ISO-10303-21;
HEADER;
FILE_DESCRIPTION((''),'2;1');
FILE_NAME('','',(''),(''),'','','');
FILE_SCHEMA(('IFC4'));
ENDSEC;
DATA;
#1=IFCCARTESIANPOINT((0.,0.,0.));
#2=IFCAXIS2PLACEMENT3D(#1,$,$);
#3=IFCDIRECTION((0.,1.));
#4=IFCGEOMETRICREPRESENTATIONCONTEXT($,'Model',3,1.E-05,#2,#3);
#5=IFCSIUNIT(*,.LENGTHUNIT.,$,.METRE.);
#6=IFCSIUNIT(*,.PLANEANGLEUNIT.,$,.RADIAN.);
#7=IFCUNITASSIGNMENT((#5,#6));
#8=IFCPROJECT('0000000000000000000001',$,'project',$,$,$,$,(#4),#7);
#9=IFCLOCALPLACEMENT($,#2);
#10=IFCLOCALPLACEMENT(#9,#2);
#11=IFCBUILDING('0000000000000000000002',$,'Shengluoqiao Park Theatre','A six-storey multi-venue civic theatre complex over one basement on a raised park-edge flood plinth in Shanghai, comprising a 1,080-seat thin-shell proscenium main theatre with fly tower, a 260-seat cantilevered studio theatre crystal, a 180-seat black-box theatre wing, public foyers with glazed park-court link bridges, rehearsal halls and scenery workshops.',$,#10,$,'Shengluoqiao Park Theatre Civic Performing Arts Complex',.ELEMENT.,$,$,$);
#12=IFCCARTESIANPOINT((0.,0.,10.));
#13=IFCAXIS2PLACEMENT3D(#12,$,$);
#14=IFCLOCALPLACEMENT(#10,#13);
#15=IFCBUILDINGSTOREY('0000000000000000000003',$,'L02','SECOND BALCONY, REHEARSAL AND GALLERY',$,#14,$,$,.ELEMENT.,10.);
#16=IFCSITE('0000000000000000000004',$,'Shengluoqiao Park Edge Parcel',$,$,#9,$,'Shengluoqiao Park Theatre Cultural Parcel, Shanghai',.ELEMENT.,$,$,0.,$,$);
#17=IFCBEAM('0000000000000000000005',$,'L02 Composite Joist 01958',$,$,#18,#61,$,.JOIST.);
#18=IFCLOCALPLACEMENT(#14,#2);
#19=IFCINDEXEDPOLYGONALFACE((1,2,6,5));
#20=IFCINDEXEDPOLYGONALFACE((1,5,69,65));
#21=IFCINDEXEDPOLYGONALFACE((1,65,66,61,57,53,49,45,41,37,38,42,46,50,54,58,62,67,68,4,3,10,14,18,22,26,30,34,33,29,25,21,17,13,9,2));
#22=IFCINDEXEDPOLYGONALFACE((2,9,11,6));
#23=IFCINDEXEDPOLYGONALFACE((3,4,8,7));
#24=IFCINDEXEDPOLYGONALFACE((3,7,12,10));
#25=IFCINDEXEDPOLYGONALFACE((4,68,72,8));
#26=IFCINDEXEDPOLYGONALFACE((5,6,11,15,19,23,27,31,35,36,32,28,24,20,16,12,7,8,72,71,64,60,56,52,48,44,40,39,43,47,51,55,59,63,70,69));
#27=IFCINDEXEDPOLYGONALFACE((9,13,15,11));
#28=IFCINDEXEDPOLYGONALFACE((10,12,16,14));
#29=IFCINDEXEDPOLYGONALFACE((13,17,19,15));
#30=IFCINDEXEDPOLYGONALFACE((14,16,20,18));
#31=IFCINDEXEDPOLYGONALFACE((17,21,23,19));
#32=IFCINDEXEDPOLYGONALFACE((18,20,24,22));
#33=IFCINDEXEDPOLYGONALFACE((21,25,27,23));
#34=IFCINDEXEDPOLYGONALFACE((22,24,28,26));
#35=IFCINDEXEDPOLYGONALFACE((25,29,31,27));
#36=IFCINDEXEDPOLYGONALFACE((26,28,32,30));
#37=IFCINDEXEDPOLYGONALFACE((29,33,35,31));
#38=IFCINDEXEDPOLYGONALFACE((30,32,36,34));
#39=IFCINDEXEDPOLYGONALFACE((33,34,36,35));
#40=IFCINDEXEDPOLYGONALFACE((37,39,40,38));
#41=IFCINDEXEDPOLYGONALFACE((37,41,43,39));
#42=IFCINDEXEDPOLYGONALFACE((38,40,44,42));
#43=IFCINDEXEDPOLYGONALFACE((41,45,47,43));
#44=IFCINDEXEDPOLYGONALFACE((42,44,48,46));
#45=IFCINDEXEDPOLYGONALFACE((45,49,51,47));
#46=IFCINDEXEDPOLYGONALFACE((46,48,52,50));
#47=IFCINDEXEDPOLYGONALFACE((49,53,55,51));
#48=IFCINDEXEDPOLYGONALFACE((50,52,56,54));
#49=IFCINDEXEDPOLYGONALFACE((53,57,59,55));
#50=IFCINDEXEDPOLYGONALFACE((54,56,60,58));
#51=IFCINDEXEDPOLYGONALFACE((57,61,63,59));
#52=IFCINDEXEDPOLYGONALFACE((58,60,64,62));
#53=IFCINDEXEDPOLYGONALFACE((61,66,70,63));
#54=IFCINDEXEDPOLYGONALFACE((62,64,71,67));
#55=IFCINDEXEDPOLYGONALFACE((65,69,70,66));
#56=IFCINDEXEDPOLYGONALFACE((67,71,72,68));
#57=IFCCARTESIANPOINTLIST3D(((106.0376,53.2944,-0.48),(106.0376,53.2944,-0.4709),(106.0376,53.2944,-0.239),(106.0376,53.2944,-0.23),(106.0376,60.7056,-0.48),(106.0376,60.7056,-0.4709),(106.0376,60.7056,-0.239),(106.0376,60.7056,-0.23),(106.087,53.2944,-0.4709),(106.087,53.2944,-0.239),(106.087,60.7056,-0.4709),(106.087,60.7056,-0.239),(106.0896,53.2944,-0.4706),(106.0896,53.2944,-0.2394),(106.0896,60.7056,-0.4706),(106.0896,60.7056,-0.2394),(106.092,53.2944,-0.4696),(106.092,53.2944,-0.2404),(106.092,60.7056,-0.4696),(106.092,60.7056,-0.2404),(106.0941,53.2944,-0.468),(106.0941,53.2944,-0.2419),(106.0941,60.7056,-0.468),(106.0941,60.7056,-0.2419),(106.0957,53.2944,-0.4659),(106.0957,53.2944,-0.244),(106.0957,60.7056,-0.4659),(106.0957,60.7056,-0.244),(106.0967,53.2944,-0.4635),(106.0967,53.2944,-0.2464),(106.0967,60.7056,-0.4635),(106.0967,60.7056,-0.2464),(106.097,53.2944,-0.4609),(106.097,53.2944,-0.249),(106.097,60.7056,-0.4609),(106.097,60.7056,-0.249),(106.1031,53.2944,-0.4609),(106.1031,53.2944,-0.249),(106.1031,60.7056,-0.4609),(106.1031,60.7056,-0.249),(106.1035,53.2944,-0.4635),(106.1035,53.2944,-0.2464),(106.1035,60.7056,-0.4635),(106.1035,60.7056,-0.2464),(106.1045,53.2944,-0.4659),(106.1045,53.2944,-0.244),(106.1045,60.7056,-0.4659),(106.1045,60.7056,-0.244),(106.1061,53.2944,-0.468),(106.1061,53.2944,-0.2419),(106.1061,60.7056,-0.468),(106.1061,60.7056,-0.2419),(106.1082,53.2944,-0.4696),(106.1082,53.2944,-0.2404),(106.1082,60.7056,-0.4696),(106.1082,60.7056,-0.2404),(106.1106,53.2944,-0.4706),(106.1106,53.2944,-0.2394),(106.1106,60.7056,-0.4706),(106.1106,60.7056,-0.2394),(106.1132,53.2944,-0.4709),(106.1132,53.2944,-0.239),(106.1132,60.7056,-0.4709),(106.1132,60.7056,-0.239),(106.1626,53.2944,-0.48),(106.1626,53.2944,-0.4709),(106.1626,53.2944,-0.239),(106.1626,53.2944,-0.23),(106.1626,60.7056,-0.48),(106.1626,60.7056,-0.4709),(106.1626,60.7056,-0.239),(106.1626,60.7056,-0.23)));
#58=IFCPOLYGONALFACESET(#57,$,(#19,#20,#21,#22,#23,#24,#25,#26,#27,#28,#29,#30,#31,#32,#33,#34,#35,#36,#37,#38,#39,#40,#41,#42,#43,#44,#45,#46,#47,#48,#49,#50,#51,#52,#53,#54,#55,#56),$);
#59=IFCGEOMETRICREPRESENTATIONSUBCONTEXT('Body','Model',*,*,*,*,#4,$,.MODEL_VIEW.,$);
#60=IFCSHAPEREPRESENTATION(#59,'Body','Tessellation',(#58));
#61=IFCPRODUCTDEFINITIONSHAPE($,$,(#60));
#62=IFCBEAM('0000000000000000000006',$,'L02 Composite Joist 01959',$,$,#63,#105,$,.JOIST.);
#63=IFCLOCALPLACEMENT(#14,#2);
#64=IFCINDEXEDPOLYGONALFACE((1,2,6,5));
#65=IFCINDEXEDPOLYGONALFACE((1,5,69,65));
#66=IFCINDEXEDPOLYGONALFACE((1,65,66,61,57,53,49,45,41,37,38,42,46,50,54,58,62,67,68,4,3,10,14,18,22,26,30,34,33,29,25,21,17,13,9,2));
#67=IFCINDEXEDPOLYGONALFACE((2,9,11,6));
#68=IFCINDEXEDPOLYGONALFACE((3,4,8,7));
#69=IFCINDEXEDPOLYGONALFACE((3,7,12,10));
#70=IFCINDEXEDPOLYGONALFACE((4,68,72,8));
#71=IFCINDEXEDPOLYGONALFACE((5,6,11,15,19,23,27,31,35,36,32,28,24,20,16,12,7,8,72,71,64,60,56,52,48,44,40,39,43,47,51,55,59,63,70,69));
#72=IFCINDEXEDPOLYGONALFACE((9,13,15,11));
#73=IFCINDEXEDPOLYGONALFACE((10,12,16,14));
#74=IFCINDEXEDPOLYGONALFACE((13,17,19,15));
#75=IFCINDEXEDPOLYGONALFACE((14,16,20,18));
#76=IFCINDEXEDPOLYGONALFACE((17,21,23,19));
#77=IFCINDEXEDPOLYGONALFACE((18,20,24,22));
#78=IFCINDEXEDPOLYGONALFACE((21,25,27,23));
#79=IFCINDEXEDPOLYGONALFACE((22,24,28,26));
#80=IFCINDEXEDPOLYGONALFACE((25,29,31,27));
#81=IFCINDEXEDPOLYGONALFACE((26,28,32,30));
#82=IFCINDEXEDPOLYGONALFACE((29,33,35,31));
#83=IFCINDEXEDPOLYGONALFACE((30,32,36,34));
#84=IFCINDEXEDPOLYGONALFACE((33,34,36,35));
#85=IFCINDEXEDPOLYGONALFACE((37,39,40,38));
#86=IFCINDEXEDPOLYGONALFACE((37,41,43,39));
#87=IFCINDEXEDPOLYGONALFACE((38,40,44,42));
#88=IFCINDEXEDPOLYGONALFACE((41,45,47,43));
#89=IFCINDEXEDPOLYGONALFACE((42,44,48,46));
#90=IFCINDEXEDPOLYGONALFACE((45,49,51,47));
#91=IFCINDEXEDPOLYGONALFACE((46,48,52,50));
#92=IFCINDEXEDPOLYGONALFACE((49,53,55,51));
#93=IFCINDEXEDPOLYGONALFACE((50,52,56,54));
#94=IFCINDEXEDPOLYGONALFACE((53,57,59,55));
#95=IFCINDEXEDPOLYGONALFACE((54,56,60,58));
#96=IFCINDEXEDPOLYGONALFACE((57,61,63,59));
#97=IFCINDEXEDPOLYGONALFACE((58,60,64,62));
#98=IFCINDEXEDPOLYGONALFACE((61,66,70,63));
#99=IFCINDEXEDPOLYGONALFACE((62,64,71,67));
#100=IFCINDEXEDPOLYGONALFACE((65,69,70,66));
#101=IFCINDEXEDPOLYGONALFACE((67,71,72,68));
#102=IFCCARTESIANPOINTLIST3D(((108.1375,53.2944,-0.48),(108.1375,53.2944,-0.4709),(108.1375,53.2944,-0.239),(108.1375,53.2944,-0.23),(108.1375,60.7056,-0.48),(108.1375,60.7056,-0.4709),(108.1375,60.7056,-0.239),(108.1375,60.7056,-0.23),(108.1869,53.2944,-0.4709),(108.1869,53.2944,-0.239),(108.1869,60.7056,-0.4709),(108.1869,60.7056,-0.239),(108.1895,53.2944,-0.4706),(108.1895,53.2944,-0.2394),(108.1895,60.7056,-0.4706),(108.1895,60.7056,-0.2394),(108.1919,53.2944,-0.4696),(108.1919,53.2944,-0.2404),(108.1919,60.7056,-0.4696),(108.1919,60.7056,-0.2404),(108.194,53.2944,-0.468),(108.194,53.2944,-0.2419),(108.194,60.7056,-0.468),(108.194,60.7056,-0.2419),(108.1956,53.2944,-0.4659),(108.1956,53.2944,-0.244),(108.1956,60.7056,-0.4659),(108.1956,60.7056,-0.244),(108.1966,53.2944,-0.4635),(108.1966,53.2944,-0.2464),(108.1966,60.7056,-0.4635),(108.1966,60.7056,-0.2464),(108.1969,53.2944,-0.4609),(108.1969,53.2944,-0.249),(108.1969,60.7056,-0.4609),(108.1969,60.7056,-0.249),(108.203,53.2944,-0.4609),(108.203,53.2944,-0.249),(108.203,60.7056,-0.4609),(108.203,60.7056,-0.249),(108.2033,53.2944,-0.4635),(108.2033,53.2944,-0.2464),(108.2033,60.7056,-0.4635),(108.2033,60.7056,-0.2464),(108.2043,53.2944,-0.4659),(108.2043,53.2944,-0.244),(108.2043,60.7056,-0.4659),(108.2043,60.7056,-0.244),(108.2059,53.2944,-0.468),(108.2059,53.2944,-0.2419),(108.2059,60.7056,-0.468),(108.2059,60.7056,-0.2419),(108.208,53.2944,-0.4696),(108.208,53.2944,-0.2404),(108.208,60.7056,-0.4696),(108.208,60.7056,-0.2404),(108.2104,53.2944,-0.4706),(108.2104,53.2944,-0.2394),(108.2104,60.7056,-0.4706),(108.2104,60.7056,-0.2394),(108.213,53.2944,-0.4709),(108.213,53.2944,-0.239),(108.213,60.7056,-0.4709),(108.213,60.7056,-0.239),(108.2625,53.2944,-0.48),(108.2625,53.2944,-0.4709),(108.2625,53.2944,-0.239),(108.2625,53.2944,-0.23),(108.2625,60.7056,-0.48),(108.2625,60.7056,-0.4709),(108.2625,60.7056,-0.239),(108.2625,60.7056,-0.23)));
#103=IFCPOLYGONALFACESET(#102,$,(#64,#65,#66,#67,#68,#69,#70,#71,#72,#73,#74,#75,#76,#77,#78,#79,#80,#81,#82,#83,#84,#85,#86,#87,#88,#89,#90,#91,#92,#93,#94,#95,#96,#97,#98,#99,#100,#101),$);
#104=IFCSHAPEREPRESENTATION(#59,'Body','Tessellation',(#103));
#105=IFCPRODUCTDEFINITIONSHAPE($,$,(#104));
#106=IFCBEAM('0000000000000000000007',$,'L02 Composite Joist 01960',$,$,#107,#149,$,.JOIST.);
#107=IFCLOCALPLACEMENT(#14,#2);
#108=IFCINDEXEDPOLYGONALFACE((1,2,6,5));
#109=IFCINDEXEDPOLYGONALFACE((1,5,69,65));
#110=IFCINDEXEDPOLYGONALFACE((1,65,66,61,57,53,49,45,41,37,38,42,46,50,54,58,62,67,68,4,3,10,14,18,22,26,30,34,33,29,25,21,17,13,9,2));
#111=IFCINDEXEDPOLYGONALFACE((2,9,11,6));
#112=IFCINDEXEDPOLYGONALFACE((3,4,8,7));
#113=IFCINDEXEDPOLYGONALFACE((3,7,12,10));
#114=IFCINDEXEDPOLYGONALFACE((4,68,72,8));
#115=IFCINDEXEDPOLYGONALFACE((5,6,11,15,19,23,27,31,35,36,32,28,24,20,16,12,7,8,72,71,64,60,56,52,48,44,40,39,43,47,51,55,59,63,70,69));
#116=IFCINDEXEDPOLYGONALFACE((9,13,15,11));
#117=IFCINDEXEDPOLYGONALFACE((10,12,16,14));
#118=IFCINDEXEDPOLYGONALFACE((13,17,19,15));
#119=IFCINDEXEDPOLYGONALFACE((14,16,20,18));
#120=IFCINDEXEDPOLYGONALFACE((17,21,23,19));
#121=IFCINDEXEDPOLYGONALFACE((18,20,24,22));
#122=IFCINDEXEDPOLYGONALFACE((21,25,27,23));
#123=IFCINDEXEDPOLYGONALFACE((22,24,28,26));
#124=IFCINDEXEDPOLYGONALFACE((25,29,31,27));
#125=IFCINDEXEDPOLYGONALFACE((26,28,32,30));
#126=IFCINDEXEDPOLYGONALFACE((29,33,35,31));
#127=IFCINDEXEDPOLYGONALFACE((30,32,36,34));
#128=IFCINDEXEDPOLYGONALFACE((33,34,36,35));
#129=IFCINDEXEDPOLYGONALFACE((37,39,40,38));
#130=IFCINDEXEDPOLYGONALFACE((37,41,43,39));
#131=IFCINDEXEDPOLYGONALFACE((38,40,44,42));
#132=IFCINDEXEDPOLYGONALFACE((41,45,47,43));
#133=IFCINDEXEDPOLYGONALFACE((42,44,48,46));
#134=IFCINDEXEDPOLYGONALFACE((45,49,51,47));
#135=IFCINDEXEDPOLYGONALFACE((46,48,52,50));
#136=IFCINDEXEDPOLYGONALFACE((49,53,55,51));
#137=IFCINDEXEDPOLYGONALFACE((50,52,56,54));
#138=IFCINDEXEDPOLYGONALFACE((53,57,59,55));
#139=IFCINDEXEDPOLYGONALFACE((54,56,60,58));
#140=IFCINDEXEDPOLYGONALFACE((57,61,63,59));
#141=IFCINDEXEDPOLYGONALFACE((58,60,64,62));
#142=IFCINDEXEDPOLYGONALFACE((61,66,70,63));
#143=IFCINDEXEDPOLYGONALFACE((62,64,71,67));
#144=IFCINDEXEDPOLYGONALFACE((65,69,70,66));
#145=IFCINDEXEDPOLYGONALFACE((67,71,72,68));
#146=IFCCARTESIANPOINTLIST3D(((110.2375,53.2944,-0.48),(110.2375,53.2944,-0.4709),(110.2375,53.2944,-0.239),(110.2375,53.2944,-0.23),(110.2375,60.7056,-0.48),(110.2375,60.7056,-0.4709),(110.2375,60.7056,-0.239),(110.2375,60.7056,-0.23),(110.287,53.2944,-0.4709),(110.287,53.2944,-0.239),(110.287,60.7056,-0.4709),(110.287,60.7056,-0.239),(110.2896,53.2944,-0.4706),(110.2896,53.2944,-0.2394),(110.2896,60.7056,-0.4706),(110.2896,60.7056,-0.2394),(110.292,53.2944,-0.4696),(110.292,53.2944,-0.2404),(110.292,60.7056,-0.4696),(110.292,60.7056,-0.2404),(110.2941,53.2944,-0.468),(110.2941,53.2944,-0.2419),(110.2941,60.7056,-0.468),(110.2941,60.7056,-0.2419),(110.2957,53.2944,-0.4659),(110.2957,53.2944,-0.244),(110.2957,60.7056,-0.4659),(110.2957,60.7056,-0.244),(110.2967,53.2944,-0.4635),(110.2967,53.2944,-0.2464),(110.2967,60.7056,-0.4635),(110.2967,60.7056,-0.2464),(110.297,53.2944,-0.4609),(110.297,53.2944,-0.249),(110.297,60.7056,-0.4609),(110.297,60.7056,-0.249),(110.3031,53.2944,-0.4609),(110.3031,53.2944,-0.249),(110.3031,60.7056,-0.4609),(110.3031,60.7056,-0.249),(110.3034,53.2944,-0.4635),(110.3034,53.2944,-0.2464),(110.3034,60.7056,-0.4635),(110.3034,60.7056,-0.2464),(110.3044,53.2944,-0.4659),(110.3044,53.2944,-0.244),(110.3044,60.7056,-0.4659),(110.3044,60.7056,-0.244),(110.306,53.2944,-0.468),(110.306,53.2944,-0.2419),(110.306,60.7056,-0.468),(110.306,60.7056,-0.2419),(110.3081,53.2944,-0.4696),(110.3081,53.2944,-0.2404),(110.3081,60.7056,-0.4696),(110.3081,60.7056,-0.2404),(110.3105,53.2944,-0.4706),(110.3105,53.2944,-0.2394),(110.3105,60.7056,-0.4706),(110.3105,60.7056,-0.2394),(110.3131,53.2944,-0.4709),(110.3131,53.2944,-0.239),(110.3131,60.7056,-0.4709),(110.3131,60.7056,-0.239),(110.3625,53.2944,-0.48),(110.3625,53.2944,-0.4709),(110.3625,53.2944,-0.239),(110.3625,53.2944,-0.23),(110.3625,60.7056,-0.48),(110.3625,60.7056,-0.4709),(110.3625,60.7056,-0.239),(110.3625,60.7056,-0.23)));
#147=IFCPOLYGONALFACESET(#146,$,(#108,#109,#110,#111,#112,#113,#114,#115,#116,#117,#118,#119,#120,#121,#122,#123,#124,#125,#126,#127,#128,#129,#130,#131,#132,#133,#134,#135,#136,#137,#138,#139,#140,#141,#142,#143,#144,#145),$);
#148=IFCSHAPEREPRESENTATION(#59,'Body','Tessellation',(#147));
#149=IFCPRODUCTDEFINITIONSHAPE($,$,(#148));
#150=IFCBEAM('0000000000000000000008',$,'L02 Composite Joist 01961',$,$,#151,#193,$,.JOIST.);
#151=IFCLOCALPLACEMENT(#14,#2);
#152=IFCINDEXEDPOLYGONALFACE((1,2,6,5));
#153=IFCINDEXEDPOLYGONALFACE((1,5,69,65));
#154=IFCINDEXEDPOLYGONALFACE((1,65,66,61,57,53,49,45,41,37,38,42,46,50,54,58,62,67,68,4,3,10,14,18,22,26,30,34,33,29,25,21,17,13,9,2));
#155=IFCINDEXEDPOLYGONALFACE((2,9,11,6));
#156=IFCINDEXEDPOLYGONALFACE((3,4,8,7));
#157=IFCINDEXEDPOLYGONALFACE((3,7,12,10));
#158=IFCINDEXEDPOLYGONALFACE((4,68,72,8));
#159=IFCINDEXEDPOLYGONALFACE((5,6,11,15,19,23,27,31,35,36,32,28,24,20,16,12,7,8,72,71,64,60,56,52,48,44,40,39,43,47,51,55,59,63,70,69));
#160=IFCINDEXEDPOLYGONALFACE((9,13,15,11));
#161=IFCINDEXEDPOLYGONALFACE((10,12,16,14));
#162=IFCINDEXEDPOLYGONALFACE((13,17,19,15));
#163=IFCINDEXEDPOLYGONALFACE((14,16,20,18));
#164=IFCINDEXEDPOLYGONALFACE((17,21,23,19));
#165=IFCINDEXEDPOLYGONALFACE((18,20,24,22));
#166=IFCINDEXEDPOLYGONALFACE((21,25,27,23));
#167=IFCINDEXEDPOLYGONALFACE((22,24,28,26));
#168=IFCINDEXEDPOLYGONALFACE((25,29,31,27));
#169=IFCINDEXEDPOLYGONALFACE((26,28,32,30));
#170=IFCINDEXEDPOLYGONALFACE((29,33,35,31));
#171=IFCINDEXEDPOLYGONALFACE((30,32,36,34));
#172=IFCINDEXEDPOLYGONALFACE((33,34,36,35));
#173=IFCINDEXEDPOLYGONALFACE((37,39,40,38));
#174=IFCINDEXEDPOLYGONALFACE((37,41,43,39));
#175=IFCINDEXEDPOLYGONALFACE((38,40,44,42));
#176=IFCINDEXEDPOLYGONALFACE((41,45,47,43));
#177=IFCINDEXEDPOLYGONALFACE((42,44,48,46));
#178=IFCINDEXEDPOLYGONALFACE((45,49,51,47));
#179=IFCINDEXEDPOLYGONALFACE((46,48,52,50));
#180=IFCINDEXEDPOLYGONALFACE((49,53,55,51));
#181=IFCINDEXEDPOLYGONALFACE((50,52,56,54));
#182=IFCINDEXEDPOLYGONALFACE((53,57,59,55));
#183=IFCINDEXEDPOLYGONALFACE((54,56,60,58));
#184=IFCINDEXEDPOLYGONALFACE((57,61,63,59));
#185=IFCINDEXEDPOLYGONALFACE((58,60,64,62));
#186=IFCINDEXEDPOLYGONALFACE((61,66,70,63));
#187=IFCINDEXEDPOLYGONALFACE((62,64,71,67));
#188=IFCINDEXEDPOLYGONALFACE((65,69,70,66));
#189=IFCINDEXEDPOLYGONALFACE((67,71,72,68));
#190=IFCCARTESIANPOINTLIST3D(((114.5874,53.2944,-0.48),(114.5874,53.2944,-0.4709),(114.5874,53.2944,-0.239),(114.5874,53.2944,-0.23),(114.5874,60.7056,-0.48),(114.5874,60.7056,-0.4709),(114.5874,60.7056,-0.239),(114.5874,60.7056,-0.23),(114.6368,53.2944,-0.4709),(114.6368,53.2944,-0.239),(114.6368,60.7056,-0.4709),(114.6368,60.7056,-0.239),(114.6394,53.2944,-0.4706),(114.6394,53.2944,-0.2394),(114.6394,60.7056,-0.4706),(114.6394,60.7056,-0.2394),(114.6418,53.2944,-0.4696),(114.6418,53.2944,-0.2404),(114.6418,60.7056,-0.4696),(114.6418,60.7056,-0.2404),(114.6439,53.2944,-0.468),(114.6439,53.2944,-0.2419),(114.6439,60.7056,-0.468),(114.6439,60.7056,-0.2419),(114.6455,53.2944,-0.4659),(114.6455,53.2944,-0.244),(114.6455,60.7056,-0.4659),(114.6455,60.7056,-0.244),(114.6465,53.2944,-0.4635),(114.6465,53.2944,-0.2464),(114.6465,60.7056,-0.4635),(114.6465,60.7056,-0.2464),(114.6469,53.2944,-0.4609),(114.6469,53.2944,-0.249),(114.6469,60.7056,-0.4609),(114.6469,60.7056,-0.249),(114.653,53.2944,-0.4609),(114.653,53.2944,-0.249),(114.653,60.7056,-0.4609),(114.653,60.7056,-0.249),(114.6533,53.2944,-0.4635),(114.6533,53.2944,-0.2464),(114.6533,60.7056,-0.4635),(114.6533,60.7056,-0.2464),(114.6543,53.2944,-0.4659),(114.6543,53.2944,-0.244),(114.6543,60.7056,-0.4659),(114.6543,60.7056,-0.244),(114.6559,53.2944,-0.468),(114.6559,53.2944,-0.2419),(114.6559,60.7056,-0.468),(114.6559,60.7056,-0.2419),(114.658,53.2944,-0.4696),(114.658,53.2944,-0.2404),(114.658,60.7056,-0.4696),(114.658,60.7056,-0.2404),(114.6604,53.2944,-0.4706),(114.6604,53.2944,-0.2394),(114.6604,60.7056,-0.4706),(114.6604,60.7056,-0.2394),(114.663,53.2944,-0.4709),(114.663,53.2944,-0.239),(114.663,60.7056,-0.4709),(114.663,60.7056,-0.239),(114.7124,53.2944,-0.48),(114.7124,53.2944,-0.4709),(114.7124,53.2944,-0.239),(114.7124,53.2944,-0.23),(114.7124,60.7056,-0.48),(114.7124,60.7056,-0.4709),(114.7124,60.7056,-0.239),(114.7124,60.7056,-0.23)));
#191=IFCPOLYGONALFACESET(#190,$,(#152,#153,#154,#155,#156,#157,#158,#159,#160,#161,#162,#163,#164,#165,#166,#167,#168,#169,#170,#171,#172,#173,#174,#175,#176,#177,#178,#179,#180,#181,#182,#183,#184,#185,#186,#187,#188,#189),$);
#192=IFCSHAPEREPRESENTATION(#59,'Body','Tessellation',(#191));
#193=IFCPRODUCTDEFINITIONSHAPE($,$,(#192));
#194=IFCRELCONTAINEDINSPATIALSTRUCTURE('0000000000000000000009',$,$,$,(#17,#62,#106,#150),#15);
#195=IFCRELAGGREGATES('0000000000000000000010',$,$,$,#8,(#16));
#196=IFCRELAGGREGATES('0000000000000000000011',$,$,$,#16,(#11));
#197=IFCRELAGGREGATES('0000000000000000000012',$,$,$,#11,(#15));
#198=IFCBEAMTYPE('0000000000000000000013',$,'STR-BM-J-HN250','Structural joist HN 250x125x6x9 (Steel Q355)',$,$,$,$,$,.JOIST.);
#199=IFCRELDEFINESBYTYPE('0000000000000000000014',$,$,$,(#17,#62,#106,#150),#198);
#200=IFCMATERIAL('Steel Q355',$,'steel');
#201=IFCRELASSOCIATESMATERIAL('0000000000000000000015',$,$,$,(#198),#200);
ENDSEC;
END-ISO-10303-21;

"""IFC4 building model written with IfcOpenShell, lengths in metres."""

from ifc_helpers import new_model, si_unit, direction, frame, origin, origin_2d, place, context, subcontext, project, spatial, i_section, extrude, material, material_profile, profile_set, type_object, element, save


model = new_model("IFC4")

# Units and contexts
model_context = context("Model", 3, precision=1e-05, world=origin(), true_north=direction((0.0, 1.0)))
body_context = subcontext(model_context, "Body", "Model", "MODEL_VIEW")
ifc_project = project(units=[si_unit("LENGTHUNIT", "METRE"), si_unit("PLANEANGLEUNIT", "RADIAN")], contexts=[model_context])

# Site, building, storey
site_placement = place(None, origin())
site = spatial("IfcSite", under=ifc_project, at=site_placement, Name="Shengluoqiao Park Edge Parcel", LongName="Shengluoqiao Park Theatre Cultural Parcel, Shanghai", CompositionType="ELEMENT", RefElevation=0.0)
building_placement = place(site_placement, origin())
building = spatial("IfcBuilding", under=site, at=building_placement, Name="Shengluoqiao Park Theatre", Description="A six-storey multi-venue civic theatre complex over one basement on a raised park-edge flood plinth in Shanghai, comprising a 1,080-seat thin-shell proscenium main theatre with fly tower, a 260-seat cantilevered studio theatre crystal, a 180-seat black-box theatre wing, public foyers with glazed park-court link bridges, rehearsal halls and scenery workshops.", LongName="Shengluoqiao Park Theatre Civic Performing Arts Complex", CompositionType="ELEMENT")
storey_placement = place(building_placement, frame((0.0, 0.0, 10.0)))
storey = spatial("IfcBuildingStorey", under=building, at=storey_placement, Name="L02", Description="SECOND BALCONY, REHEARSAL AND GALLERY", CompositionType="ELEMENT", Elevation=10.0)

# Beams
ifc_material_1 = material(Name="Steel Q355", Category="steel")
ifc_material_profile_1 = material_profile(ifc_material_1, i_section(OverallWidth=0.125, OverallDepth=0.25, WebThickness=0.0061, FlangeThickness=0.009, FilletRadius=0.01, at=origin_2d()), Name="HN 250x125x6x9")
ifc_profile_set_1 = profile_set([ifc_material_profile_1], Name="Steel Q355")
beam_type_1 = type_object("IfcBeamType", Name="STR-BM-J-HN250", Description="Structural joist HN 250x125x6x9 (Steel Q355)", PredefinedType="JOIST", material=ifc_profile_set_1)
for number, where, z_axis, x_axis, name in (
    (1, (106.1001, 53.2944, -0.355), (0.0, 1.0, 0.0), (-1.0, 0.0, 0.0), "L02 Composite Joist 01958"),
    (2, (108.2, 53.2944, -0.355), (0.0, 1.0, 0.0), (-1.0, 0.0, 0.0), "L02 Composite Joist 01959"),
    (3, (110.3, 53.2944, -0.355), (0.0, 1.0, 0.0), (-1.0, 0.0, 0.0), "L02 Composite Joist 01960"),
    (4, (114.6499, 53.2944, -0.355), (0.0, 1.0, 0.0), (-1.0, 0.0, 0.0), "L02 Composite Joist 01961"),
):
    element("IfcBeam", number, at=place(storey_placement, frame(where, z_axis=z_axis, x_axis=x_axis)), inside=storey, type_object=beam_type_1, Name=name, PredefinedType="JOIST", context=body_context, shape_type="SweptSolid", body=[
        extrude(i_section(OverallWidth=0.125, OverallDepth=0.25, WebThickness=0.0061, FlangeThickness=0.009, FilletRadius=0.01, at=origin_2d()), origin(), (0.0, 0.0, 1.0), 7.4111),
    ])

save(model, "model.ifc")
